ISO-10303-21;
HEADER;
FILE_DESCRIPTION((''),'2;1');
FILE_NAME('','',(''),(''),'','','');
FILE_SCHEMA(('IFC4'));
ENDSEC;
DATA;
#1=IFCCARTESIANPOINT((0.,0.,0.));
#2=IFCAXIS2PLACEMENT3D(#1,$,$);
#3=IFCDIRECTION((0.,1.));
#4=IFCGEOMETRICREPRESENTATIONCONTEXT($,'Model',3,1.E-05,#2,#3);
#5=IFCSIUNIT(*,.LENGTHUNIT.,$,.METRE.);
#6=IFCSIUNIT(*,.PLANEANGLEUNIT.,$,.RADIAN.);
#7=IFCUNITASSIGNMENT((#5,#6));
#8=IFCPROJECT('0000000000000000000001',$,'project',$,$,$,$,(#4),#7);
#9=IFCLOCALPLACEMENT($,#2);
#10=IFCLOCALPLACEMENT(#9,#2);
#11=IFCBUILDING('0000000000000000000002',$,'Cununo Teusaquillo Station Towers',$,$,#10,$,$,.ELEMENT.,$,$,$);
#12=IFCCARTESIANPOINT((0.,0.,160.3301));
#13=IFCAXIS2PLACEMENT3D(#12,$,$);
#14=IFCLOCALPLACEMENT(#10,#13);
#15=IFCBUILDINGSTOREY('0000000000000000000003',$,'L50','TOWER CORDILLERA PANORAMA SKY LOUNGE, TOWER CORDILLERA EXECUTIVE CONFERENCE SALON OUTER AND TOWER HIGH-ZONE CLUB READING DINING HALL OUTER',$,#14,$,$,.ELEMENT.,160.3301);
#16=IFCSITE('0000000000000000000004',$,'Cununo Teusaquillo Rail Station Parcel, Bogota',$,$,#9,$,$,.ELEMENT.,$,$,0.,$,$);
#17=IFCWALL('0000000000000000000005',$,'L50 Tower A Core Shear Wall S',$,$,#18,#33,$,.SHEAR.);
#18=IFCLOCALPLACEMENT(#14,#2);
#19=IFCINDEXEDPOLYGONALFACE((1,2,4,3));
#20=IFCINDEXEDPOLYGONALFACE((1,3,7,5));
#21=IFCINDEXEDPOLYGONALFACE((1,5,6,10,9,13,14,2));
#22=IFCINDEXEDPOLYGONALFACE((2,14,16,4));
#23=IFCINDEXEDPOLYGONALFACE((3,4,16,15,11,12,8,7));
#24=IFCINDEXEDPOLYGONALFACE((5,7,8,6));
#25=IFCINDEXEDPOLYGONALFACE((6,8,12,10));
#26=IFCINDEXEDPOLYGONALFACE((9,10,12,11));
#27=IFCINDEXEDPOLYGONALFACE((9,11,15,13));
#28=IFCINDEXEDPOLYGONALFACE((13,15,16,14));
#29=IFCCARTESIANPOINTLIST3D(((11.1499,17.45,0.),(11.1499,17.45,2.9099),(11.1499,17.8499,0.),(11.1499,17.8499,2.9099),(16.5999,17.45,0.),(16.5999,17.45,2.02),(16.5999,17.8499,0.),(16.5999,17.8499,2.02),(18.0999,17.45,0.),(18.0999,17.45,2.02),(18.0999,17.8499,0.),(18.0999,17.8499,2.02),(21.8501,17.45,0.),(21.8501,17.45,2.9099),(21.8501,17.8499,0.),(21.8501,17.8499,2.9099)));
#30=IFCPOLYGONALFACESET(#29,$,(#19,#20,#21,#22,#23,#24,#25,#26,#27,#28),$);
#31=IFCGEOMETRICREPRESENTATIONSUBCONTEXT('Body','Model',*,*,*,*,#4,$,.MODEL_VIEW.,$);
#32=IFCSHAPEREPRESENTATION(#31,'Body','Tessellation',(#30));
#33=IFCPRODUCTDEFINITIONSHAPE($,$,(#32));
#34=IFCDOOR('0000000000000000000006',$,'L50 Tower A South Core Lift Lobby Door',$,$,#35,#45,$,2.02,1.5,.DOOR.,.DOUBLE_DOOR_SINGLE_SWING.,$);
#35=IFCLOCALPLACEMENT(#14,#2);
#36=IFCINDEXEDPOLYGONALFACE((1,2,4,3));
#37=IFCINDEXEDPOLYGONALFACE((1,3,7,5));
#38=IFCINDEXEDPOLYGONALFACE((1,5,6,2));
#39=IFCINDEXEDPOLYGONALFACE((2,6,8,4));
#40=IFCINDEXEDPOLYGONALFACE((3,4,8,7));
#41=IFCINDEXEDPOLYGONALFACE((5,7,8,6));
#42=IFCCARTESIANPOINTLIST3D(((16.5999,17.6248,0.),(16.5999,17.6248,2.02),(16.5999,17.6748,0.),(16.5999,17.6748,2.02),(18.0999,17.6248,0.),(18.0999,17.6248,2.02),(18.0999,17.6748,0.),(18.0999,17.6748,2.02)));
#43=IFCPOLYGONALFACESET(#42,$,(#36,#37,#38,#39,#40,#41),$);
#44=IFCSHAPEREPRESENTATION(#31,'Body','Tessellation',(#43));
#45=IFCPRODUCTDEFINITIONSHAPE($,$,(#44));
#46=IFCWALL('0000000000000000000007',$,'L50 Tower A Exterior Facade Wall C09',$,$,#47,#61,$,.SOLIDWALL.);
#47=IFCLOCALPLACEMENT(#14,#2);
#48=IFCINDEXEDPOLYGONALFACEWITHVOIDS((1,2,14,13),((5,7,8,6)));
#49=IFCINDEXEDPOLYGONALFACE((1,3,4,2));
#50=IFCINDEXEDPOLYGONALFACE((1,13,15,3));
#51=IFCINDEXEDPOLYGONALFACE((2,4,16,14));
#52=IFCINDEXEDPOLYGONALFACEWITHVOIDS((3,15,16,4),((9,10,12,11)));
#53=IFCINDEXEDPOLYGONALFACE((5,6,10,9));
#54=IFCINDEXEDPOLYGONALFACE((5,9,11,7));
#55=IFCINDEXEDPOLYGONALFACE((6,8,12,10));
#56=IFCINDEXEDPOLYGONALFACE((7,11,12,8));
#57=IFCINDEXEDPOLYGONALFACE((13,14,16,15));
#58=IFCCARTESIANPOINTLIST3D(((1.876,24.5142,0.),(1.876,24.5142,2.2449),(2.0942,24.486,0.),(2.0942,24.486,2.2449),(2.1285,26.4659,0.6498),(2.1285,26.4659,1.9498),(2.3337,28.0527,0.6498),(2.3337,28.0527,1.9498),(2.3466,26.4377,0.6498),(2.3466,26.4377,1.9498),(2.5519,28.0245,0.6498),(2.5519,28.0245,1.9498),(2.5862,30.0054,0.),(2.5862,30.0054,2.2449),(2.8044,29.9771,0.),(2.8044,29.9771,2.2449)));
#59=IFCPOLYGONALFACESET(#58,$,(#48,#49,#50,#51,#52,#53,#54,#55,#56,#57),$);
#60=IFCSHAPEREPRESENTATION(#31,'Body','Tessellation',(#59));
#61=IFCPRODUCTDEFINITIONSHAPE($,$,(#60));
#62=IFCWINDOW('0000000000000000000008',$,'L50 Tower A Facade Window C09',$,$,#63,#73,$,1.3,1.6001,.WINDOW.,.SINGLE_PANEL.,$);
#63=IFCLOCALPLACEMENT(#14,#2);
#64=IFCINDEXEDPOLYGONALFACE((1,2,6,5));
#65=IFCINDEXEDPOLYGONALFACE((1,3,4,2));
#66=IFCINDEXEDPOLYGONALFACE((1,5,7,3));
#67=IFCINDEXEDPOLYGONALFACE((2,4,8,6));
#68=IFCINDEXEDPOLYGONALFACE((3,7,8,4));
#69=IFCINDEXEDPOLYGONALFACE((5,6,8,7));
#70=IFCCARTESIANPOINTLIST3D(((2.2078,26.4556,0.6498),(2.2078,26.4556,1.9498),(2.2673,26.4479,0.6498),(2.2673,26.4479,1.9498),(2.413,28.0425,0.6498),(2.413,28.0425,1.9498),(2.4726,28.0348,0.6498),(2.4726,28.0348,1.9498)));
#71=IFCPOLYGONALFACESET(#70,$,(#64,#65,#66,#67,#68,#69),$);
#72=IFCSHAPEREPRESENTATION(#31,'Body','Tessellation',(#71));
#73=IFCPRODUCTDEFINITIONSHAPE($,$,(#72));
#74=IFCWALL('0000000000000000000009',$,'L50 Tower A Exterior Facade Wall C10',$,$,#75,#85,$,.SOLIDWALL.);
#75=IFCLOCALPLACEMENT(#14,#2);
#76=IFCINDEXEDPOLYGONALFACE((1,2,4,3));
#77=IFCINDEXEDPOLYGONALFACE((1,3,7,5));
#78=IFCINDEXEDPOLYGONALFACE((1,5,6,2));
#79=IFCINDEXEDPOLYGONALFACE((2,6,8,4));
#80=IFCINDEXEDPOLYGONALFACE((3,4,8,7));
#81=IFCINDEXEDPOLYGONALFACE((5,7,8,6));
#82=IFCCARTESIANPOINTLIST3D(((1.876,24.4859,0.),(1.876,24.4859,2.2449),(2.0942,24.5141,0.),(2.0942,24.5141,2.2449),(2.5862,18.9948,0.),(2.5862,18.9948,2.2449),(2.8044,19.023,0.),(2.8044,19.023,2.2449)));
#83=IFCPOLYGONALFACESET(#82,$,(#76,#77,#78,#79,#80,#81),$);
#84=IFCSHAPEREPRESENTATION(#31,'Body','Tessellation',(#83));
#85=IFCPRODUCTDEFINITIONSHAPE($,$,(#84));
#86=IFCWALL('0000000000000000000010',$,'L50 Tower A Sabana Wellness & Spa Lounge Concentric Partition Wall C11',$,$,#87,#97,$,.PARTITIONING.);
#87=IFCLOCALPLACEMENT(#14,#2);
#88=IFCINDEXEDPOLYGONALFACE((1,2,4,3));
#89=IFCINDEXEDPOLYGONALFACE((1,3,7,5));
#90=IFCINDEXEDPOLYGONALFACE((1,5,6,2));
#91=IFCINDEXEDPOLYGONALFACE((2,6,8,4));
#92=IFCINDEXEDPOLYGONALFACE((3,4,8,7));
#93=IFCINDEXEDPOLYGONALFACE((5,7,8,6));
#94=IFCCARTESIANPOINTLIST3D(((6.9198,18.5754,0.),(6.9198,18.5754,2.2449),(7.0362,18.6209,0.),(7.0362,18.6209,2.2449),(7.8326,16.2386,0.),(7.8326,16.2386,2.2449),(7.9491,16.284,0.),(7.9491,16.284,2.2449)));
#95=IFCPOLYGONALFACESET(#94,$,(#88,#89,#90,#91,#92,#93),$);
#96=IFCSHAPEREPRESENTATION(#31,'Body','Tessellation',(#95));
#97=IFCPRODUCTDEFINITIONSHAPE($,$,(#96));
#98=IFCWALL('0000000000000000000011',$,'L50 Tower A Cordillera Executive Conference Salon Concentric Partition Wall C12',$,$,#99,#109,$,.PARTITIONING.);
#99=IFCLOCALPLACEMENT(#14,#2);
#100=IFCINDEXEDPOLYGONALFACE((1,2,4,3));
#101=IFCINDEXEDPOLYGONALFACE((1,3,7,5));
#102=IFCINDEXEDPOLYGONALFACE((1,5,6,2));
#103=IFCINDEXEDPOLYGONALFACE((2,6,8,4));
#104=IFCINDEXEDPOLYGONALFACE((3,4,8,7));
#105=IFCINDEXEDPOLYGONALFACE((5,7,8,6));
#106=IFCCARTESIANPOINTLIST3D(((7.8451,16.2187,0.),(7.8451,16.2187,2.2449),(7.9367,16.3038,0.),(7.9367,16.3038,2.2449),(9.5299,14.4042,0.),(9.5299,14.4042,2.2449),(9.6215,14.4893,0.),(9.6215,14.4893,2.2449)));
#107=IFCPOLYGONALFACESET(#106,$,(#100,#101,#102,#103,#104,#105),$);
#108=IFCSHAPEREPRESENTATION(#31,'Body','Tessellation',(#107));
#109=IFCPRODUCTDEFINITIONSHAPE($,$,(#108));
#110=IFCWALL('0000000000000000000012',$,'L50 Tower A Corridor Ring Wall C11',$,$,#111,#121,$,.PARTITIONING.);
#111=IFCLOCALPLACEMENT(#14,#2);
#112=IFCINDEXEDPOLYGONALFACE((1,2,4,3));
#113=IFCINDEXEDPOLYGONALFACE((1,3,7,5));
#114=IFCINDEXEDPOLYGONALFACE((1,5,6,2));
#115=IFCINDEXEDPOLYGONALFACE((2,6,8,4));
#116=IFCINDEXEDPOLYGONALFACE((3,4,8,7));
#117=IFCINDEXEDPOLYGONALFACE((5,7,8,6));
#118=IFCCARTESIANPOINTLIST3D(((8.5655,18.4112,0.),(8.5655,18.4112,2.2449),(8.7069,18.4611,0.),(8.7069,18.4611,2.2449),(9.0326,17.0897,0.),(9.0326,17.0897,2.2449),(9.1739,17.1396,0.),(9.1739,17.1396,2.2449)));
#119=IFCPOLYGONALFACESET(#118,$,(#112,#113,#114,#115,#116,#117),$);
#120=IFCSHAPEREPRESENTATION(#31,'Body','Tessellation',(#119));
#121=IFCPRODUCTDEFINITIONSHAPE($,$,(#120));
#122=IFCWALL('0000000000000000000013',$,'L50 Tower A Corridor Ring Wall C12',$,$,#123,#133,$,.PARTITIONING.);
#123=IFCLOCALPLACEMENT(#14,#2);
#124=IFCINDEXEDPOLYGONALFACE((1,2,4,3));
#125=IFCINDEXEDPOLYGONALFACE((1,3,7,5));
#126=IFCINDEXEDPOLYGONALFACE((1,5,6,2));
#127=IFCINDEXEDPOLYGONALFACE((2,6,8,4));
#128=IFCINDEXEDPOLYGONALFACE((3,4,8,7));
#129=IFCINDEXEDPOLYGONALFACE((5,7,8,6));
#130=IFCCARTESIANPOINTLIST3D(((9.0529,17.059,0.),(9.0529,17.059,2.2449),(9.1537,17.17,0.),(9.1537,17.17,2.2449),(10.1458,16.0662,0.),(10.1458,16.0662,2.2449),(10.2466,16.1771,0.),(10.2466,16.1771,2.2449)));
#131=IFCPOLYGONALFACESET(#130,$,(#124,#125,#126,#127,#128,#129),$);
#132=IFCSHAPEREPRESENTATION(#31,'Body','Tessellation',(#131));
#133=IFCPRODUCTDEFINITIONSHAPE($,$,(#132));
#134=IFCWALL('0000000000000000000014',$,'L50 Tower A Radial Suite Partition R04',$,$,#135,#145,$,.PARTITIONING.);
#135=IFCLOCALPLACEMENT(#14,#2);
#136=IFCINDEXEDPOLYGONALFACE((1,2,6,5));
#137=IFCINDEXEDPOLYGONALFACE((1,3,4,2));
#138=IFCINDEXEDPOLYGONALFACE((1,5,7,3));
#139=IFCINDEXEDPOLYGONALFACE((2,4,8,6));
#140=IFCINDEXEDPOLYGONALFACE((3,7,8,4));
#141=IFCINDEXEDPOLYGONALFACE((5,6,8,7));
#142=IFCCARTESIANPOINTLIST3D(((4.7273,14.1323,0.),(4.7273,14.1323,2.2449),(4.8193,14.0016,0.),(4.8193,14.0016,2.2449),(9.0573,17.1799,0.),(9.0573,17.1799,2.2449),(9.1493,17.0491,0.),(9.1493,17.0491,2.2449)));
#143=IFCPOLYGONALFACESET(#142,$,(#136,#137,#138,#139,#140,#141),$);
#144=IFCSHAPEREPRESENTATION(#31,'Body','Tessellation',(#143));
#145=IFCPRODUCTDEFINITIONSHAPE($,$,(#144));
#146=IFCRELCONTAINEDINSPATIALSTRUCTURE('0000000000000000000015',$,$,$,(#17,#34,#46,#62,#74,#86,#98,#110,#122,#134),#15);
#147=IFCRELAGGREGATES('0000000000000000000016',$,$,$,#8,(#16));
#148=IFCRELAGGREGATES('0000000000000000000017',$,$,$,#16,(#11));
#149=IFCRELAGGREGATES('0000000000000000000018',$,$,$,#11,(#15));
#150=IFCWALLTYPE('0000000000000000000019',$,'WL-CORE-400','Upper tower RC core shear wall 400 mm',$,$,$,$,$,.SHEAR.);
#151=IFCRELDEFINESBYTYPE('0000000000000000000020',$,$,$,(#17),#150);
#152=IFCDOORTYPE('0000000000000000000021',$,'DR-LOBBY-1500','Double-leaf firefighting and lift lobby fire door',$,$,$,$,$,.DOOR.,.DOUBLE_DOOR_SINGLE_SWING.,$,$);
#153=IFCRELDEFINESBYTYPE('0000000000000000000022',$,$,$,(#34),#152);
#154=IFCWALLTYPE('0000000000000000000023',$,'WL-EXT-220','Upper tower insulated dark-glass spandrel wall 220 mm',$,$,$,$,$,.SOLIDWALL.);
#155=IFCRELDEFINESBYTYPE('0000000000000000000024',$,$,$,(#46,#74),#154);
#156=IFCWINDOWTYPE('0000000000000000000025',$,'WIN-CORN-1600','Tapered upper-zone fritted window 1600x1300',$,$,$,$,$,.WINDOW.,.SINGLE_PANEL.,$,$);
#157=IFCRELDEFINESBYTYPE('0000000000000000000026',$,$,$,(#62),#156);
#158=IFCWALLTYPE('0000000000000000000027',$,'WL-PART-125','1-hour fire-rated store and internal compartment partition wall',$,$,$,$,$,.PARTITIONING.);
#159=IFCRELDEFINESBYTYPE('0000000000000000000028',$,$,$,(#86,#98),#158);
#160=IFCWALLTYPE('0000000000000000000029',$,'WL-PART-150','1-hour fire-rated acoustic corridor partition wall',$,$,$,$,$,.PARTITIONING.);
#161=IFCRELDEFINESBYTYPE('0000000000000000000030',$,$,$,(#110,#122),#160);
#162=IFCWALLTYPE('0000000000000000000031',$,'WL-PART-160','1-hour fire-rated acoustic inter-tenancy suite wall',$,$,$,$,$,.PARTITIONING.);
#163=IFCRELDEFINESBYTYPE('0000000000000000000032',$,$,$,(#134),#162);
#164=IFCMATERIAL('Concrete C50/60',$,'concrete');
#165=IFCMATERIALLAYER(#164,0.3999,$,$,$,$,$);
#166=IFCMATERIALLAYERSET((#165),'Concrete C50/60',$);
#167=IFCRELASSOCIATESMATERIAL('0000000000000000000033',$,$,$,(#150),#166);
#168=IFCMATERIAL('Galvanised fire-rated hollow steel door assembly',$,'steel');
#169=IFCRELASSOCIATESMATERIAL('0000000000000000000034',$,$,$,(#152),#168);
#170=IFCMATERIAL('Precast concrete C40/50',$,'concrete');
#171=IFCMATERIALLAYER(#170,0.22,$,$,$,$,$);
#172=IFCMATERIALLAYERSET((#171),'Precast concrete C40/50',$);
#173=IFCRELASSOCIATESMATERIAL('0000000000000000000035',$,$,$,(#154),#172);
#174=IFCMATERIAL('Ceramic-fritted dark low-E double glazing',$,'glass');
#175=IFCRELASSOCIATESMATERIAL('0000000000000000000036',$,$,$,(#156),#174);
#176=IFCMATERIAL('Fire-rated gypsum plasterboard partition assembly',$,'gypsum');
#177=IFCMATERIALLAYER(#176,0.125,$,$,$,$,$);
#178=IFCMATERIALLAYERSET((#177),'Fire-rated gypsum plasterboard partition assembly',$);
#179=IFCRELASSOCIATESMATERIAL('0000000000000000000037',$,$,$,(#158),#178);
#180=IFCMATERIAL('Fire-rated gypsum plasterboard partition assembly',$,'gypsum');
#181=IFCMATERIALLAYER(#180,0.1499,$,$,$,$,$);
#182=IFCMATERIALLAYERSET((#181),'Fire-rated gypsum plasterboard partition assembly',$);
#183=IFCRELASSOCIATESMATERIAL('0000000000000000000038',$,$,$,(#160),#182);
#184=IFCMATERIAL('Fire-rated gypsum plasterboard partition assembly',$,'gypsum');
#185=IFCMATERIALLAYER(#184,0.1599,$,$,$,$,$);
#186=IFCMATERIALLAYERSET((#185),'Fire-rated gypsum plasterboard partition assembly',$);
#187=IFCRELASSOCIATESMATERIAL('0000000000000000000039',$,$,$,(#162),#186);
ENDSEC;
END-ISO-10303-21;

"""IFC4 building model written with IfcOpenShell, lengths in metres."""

from ifc_helpers import new_model, si_unit, direction, frame, frame_2d, origin, place, context, subcontext, project, spatial, rectangle, extrude, source, transform, mapped, material, layer, layer_set, type_object, element, fill, save


model = new_model("IFC4")

# Units and contexts
model_context = context("Model", 3, precision=1e-05, world=origin(), true_north=direction((0.0, 1.0)))
body_context = subcontext(model_context, "Body", "Model", "MODEL_VIEW")
ifc_project = project(units=[si_unit("LENGTHUNIT", "METRE"), si_unit("PLANEANGLEUNIT", "RADIAN")], contexts=[model_context])

# Site, building, storey
site_placement = place(None, origin())
site = spatial("IfcSite", under=ifc_project, at=site_placement, Name="Cununo Teusaquillo Rail Station Parcel, Bogota", CompositionType="ELEMENT", RefElevation=0.0)
building_placement = place(site_placement, origin())
building = spatial("IfcBuilding", under=site, at=building_placement, Name="Cununo Teusaquillo Station Towers", CompositionType="ELEMENT")
storey_placement = place(building_placement, frame((0.0, 0.0, 160.3301)))
storey = spatial("IfcBuildingStorey", under=building, at=storey_placement, Name="L50", Description="TOWER CORDILLERA PANORAMA SKY LOUNGE, TOWER CORDILLERA EXECUTIVE CONFERENCE SALON OUTER AND TOWER HIGH-ZONE CLUB READING DINING HALL OUTER", CompositionType="ELEMENT", Elevation=160.3301)

# Shared definitions
ifc_material_1 = material(Name="Concrete C50/60", Category="concrete")
ifc_layer_1 = layer(ifc_material_1, 0.3999)
ifc_layer_set_1 = layer_set([ifc_layer_1], Name="Concrete C50/60")
wall_type_1 = type_object("IfcWallType", Name="WL-CORE-400", Description="Upper tower RC core shear wall 400 mm", PredefinedType="SHEAR", material=ifc_layer_set_1)

# Wall, opening, door
wall_1_placement = place(storey_placement, frame((11.1499, 17.6499, 0.0), z_axis=(0.0, 0.0, 1.0), x_axis=(1.0, 0.0, 0.0)))
wall_1 = element("IfcWall", 1, at=wall_1_placement, inside=storey, type_object=wall_type_1, Name="L50 Tower A Core Shear Wall S", PredefinedType="SHEAR", context=body_context, shape_type="SweptSolid", body=[
    extrude(rectangle(XDim=10.7002, YDim=0.3999, at=frame_2d((5.3501, 0.0))), origin(), (0.0, 0.0, 1.0), 2.9099),
])
shared_shape_1 = source(origin(), body_context, "Body", "SweptSolid", [
    extrude(rectangle(XDim=1.5, YDim=2.02, at=frame_2d((0.75, 1.01))), frame((0.0, 0.21, 0.0), z_axis=(0.0, -1.0, 0.0), x_axis=(1.0, 0.0, 0.0)), (0.0, 0.0, 1.0), 0.4199),
])
opening_1_placement = place(wall_1_placement, frame((5.45, 0.0, 0.0)))
opening_1 = element("IfcOpeningElement", 2, at=opening_1_placement, cuts=wall_1, PredefinedType="OPENING", context=body_context, shape_type="MappedRepresentation", body=[
    mapped(shared_shape_1, transform((0.0, 0.0, 0.0), x_axis=(1.0, 0.0, 0.0), y_axis=(0.0, 1.0, 0.0), z_axis=(0.0, 0.0, 1.0), scale=1.0)),
])
ifc_material_2 = material(Name="Galvanised fire-rated hollow steel door assembly", Category="steel")
door_type = type_object("IfcDoorType", Name="DR-LOBBY-1500", Description="Double-leaf firefighting and lift lobby fire door", OperationType="DOUBLE_DOOR_SINGLE_SWING", PredefinedType="DOOR", material=ifc_material_2)
shared_shape_2 = source(origin(), body_context, "Body", "SweptSolid", [
    extrude(rectangle(XDim=1.5, YDim=2.02, at=frame_2d((0.75, 1.01))), frame((0.0, 0.0249, 0.0), z_axis=(0.0, -1.0, 0.0), x_axis=(1.0, 0.0, 0.0)), (0.0, 0.0, 1.0), 0.05),
])
door_placement = place(opening_1_placement, origin())
door = element("IfcDoor", 3, at=door_placement, inside=storey, type_object=door_type, Name="L50 Tower A South Core Lift Lobby Door", OperationType="DOUBLE_DOOR_SINGLE_SWING", OverallHeight=2.02, OverallWidth=1.5, PredefinedType="DOOR", context=body_context, shape_type="MappedRepresentation", body=[
    mapped(shared_shape_2, transform((0.0, 0.0, 0.0), x_axis=(1.0, 0.0, 0.0), y_axis=(0.0, 1.0, 0.0), z_axis=(0.0, 0.0, 1.0), scale=1.0)),
])
fill(opening_1, door)

# Wall, opening, window
ifc_material_3 = material(Name="Precast concrete C40/50", Category="concrete")
ifc_layer_2 = layer(ifc_material_3, 0.22)
ifc_layer_set_2 = layer_set([ifc_layer_2], Name="Precast concrete C40/50")
wall_type_2 = type_object("IfcWallType", Name="WL-EXT-220", Description="Upper tower insulated dark-glass spandrel wall 220 mm", PredefinedType="SOLIDWALL", material=ifc_layer_set_2)
wall_2_placement = place(storey_placement, frame((1.9851, 24.5, 0.0), z_axis=(0.0, 0.0, 1.0), x_axis=(0.128267, 0.99174, 0.0)))
wall_2 = element("IfcWall", 4, at=wall_2_placement, inside=storey, type_object=wall_type_2, Name="L50 Tower A Exterior Facade Wall C09", PredefinedType="SOLIDWALL", context=body_context, shape_type="SweptSolid", body=[
    extrude(rectangle(XDim=5.5369, YDim=0.22, at=frame_2d((2.7686, 0.0))), origin(), (0.0, 0.0, 1.0), 2.2449),
])
shared_shape_3 = source(origin(), body_context, "Body", "SweptSolid", [
    extrude(rectangle(XDim=1.6001, YDim=1.3, at=frame_2d((0.8, 0.6499))), frame((0.0, 0.1199, 0.0), z_axis=(0.0, -1.0, 0.0), x_axis=(1.0, 0.0, 0.0)), (0.0, 0.0, 1.0), 0.24),
])
opening_2_placement = place(wall_2_placement, frame((1.968, 0.0, 0.6499)))
opening_2 = element("IfcOpeningElement", 5, at=opening_2_placement, cuts=wall_2, PredefinedType="OPENING", context=body_context, shape_type="MappedRepresentation", body=[
    mapped(shared_shape_3, transform((0.0, 0.0, 0.0), x_axis=(1.0, 0.0, 0.0), y_axis=(0.0, 1.0, 0.0), z_axis=(0.0, 0.0, 1.0), scale=1.0)),
])
ifc_material_4 = material(Name="Ceramic-fritted dark low-E double glazing", Category="glass")
window_type = type_object("IfcWindowType", Name="WIN-CORN-1600", Description="Tapered upper-zone fritted window 1600x1300", PartitioningType="SINGLE_PANEL", PredefinedType="WINDOW", material=ifc_material_4)
shared_shape_4 = source(origin(), body_context, "Body", "SweptSolid", [
    extrude(rectangle(XDim=1.6001, YDim=1.3, at=frame_2d((0.8, 0.6499))), frame((0.0, 0.03, 0.0), z_axis=(0.0, -1.0, 0.0), x_axis=(1.0, 0.0, 0.0)), (0.0, 0.0, 1.0), 0.0601),
])
window_placement = place(opening_2_placement, origin())
window = element("IfcWindow", 6, at=window_placement, inside=storey, type_object=window_type, Name="L50 Tower A Facade Window C09", OverallHeight=1.3, OverallWidth=1.6001, PartitioningType="SINGLE_PANEL", PredefinedType="WINDOW", context=body_context, shape_type="MappedRepresentation", body=[
    mapped(shared_shape_4, transform((0.0, 0.0, 0.0), x_axis=(1.0, 0.0, 0.0), y_axis=(0.0, 1.0, 0.0), z_axis=(0.0, 0.0, 1.0), scale=1.0)),
])
fill(opening_2, window)

# Walls
wall_3_placement = place(storey_placement, frame((2.6953, 19.0088, 0.0), z_axis=(0.0, 0.0, 1.0), x_axis=(-0.128267, 0.99174, 0.0)))
element("IfcWall", 7, at=wall_3_placement, inside=storey, type_object=wall_type_2, Name="L50 Tower A Exterior Facade Wall C10", PredefinedType="SOLIDWALL", context=body_context, shape_type="SweptSolid", body=[
    extrude(rectangle(XDim=5.5369, YDim=0.22, at=frame_2d((2.7686, 0.0))), origin(), (0.0, 0.0, 1.0), 2.2449),
])
ifc_material_5 = material(Name="Fire-rated gypsum plasterboard partition assembly", Category="gypsum")
ifc_layer_3 = layer(ifc_material_5, 0.125)
ifc_layer_set_3 = layer_set([ifc_layer_3], Name="Fire-rated gypsum plasterboard partition assembly")
wall_type_3 = type_object("IfcWallType", Name="WL-PART-125", Description="1-hour fire-rated store and internal compartment partition wall", PredefinedType="PARTITIONING", material=ifc_layer_set_3)
wall_4_placement = place(storey_placement, frame((6.978, 18.5981, 0.0), z_axis=(0.0, 0.0, 1.0), x_axis=(0.363845, -0.931459, 0.0)))
element("IfcWall", 8, at=wall_4_placement, inside=storey, type_object=wall_type_3, Name="L50 Tower A Sabana Wellness & Spa Lounge Concentric Partition Wall C11", PredefinedType="PARTITIONING", context=body_context, shape_type="SweptSolid", body=[
    extrude(rectangle(XDim=2.5088, YDim=0.125, at=frame_2d((1.2544, 0.0))), origin(), (0.0, 0.0, 1.0), 2.2449),
])
wall_5_placement = place(storey_placement, frame((7.8909, 16.2612, 0.0), z_axis=(0.0, 0.0, 1.0), x_axis=(0.680444, -0.732801, 0.0)))
element("IfcWall", 9, at=wall_5_placement, inside=storey, type_object=wall_type_3, Name="L50 Tower A Cordillera Executive Conference Salon Concentric Partition Wall C12", PredefinedType="PARTITIONING", context=body_context, shape_type="SweptSolid", body=[
    extrude(rectangle(XDim=2.4761, YDim=0.125, at=frame_2d((1.238, 0.0))), origin(), (0.0, 0.0, 1.0), 2.2449),
])
ifc_material_6 = material(Name="Fire-rated gypsum plasterboard partition assembly", Category="gypsum")
ifc_layer_4 = layer(ifc_material_6, 0.1499)
ifc_layer_set_4 = layer_set([ifc_layer_4], Name="Fire-rated gypsum plasterboard partition assembly")
wall_type_4 = type_object("IfcWallType", Name="WL-PART-150", Description="1-hour fire-rated acoustic corridor partition wall", PredefinedType="PARTITIONING", material=ifc_layer_set_4)
wall_6_placement = place(storey_placement, frame((8.6362, 18.436, 0.0), z_axis=(0.0, 0.0, 1.0), x_axis=(0.333212, -0.942852, 0.0)))
element("IfcWall", 10, at=wall_6_placement, inside=storey, type_object=wall_type_4, Name="L50 Tower A Corridor Ring Wall C11", PredefinedType="PARTITIONING", context=body_context, shape_type="SweptSolid", body=[
    extrude(rectangle(XDim=1.4016, YDim=0.1499, at=frame_2d((0.7007, 0.0))), origin(), (0.0, 0.0, 1.0), 2.2449),
])
wall_7_placement = place(storey_placement, frame((9.1033, 17.1145, 0.0), z_axis=(0.0, 0.0, 1.0), x_axis=(0.740187, -0.672401, 0.0)))
element("IfcWall", 11, at=wall_7_placement, inside=storey, type_object=wall_type_4, Name="L50 Tower A Corridor Ring Wall C12", PredefinedType="PARTITIONING", context=body_context, shape_type="SweptSolid", body=[
    extrude(rectangle(XDim=1.4766, YDim=0.1499, at=frame_2d((0.7383, 0.0))), origin(), (0.0, 0.0, 1.0), 2.2449),
])
ifc_material_7 = material(Name="Fire-rated gypsum plasterboard partition assembly", Category="gypsum")
ifc_layer_5 = layer(ifc_material_7, 0.1599)
ifc_layer_set_5 = layer_set([ifc_layer_5], Name="Fire-rated gypsum plasterboard partition assembly")
wall_type_5 = type_object("IfcWallType", Name="WL-PART-160", Description="1-hour fire-rated acoustic inter-tenancy suite wall", PredefinedType="PARTITIONING", material=ifc_layer_set_5)
wall_8_placement = place(storey_placement, frame((9.1033, 17.1145, 0.0), z_axis=(0.0, 0.0, 1.0), x_axis=(-0.817761, -0.575559, 0.0)))
element("IfcWall", 12, at=wall_8_placement, inside=storey, type_object=wall_type_5, Name="L50 Tower A Radial Suite Partition R04", PredefinedType="PARTITIONING", context=body_context, shape_type="SweptSolid", body=[
    extrude(rectangle(XDim=5.2949, YDim=0.1599, at=frame_2d((2.6475, 0.0))), origin(), (0.0, 0.0, 1.0), 2.2449),
])

save(model, "model.ifc")
